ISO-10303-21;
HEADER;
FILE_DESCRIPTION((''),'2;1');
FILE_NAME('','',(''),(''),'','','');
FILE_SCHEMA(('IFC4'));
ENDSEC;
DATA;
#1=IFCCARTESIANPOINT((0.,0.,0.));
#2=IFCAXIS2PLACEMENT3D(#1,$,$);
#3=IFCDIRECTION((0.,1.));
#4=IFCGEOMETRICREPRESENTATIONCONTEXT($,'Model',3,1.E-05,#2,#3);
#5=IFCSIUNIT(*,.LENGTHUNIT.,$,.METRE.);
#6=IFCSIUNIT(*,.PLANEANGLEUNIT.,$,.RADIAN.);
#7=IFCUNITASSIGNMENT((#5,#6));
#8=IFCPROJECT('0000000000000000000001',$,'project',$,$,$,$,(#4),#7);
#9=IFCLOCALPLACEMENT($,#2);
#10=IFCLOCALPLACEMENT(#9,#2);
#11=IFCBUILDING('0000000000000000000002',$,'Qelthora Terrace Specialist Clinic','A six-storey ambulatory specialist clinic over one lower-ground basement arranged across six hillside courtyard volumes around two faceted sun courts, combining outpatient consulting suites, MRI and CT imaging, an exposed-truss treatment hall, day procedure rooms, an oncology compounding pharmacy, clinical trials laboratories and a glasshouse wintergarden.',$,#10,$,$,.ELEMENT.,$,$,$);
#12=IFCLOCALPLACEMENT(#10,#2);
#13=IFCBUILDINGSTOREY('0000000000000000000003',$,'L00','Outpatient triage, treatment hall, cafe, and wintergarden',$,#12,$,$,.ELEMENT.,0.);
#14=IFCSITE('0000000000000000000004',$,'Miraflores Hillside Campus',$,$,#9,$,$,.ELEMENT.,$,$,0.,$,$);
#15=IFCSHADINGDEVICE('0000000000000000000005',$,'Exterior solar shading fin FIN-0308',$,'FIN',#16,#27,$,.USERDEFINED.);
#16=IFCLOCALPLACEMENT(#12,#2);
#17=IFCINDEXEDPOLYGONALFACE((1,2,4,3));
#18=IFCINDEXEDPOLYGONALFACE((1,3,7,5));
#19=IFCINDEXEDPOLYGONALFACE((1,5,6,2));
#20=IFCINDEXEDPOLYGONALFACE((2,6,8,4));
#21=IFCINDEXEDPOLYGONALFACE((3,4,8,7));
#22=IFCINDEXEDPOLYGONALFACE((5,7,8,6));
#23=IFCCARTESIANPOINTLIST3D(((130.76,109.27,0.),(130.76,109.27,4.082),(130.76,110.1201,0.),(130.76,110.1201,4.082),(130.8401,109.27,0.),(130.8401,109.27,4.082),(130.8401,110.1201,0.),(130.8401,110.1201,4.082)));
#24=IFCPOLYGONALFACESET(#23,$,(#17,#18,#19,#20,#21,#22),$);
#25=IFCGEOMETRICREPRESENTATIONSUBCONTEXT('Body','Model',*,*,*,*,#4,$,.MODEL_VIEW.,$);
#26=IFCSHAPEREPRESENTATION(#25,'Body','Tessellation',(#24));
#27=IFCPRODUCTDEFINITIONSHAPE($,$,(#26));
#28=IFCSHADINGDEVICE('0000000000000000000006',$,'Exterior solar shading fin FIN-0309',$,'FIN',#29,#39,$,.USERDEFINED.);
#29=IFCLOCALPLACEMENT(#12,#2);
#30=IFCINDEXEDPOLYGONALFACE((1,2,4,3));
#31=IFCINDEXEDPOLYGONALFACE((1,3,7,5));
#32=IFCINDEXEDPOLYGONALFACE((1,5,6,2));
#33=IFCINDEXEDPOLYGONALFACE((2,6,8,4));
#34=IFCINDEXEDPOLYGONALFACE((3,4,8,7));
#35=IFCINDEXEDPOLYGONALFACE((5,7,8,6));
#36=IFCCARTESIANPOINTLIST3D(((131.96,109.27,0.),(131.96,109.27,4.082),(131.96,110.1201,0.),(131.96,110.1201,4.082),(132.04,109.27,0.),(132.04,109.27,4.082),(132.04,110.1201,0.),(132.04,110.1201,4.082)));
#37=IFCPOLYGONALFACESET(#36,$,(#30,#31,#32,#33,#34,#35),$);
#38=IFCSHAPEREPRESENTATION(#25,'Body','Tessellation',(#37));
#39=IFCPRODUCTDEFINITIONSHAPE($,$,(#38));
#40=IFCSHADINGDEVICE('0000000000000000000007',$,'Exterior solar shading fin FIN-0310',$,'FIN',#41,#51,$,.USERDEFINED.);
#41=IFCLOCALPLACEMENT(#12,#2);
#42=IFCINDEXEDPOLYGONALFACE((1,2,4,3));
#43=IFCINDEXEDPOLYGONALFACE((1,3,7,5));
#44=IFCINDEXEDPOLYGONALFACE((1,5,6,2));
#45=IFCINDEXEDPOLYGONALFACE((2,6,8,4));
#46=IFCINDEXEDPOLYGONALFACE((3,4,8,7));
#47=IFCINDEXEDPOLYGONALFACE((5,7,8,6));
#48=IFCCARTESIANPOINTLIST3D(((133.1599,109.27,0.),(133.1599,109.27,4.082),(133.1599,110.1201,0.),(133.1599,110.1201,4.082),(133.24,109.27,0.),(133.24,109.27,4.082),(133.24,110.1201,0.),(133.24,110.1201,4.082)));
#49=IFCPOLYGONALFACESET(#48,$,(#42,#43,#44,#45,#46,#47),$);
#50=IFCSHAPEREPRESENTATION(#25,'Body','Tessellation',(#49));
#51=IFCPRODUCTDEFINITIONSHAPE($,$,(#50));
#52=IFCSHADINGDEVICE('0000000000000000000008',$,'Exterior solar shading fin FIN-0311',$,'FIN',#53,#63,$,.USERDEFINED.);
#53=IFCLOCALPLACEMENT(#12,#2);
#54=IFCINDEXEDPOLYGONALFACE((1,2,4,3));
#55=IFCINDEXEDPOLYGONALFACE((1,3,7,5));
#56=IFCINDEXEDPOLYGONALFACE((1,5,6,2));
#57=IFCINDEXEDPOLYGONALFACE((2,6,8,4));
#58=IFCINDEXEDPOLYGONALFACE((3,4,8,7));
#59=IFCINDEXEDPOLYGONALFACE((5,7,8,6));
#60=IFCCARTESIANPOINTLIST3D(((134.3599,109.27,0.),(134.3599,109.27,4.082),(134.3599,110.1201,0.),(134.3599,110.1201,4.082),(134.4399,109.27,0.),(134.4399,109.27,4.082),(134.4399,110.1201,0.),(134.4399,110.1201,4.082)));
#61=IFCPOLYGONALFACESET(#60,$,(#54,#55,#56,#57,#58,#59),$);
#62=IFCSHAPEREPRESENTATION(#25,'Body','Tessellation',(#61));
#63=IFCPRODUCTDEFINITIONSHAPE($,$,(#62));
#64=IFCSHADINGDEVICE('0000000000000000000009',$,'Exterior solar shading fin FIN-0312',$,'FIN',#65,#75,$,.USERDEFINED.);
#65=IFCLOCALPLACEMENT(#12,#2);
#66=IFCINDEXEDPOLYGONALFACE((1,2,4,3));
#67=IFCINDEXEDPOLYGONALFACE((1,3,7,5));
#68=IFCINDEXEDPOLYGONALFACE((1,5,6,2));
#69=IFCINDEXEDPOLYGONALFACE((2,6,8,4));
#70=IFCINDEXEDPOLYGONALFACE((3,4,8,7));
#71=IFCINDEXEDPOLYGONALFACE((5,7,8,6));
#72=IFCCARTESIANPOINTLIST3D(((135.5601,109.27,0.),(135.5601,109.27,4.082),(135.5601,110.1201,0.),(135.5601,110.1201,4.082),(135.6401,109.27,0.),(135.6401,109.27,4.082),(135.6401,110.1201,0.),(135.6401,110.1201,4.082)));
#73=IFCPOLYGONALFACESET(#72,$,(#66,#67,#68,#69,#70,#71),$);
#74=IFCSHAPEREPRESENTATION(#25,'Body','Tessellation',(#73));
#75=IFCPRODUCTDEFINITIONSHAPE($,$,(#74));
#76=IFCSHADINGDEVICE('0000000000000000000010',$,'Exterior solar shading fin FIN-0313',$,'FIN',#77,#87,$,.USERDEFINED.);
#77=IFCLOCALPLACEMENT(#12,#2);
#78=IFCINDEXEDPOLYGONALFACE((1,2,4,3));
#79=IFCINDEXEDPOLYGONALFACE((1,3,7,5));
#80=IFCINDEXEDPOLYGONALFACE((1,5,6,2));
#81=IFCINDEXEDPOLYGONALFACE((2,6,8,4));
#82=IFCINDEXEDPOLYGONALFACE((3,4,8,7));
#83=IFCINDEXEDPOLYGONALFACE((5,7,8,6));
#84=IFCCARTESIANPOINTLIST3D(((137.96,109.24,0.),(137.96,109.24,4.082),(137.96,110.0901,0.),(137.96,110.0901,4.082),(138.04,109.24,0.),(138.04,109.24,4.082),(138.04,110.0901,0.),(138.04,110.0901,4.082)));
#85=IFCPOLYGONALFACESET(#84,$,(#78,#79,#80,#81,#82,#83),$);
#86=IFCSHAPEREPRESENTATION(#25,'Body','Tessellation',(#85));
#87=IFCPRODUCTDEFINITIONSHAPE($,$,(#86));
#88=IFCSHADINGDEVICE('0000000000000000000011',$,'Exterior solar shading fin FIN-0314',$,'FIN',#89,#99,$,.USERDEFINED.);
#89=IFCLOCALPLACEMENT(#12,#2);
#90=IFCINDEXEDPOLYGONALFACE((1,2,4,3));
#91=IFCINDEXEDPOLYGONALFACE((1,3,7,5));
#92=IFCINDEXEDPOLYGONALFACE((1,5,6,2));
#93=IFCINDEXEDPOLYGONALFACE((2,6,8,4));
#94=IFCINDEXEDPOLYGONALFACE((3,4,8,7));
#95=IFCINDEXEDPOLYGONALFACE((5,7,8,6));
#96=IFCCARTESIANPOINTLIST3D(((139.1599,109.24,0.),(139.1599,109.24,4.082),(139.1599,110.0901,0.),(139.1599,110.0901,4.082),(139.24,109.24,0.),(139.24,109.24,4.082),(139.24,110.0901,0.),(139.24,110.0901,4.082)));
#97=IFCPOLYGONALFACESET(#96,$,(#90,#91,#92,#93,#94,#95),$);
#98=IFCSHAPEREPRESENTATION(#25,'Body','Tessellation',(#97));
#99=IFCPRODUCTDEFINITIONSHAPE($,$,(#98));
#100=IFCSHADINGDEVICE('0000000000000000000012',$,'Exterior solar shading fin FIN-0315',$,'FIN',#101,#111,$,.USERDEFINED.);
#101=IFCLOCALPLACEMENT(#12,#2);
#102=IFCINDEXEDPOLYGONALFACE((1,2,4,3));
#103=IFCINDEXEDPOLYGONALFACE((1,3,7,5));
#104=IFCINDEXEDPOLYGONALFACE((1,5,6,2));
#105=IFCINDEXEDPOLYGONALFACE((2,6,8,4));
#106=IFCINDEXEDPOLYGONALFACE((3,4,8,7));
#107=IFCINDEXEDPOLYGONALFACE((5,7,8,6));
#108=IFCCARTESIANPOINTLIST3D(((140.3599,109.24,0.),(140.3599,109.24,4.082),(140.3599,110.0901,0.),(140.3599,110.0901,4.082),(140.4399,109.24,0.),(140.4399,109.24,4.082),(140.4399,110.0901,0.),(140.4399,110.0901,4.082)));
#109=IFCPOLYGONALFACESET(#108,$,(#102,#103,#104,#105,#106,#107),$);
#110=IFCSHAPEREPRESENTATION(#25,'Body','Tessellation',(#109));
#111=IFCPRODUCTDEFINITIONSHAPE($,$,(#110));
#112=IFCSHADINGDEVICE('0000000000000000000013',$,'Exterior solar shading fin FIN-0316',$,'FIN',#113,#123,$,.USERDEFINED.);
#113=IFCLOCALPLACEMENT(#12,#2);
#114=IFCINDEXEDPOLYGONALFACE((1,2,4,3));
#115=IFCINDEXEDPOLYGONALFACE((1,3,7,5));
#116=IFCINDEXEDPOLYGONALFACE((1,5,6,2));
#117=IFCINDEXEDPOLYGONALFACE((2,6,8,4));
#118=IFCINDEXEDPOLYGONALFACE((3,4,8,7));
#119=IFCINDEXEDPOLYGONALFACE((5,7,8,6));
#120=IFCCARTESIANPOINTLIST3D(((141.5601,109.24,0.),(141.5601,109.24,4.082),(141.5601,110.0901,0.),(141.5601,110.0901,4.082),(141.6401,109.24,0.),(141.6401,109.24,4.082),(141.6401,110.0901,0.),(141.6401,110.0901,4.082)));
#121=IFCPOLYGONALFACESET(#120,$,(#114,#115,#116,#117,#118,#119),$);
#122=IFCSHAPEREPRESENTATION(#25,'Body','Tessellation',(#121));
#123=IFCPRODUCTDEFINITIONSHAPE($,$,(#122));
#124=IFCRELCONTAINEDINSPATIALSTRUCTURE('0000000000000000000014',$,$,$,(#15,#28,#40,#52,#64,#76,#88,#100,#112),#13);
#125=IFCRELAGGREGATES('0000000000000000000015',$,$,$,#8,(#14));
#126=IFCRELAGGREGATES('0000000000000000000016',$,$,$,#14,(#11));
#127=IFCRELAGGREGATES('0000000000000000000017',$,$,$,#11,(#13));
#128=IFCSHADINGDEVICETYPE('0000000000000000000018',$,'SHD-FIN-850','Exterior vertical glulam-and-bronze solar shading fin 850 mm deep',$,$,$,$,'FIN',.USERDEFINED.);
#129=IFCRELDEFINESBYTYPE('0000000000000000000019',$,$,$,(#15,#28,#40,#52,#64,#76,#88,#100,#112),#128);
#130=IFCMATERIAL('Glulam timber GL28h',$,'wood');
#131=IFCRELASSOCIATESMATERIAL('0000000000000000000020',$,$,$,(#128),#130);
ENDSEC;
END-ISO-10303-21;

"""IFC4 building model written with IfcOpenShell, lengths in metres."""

from ifc_helpers import new_model, si_unit, direction, frame, origin, origin_2d, place, context, subcontext, project, spatial, rectangle, extrude, material, type_object, element, save


model = new_model("IFC4")

# Units and contexts
model_context = context("Model", 3, precision=1e-05, world=origin(), true_north=direction((0.0, 1.0)))
body_context = subcontext(model_context, "Body", "Model", "MODEL_VIEW")
ifc_project = project(units=[si_unit("LENGTHUNIT", "METRE"), si_unit("PLANEANGLEUNIT", "RADIAN")], contexts=[model_context])

# Site, building, storey
site_placement = place(None, origin())
site = spatial("IfcSite", under=ifc_project, at=site_placement, Name="Miraflores Hillside Campus", CompositionType="ELEMENT", RefElevation=0.0)
building_placement = place(site_placement, origin())
building = spatial("IfcBuilding", under=site, at=building_placement, Name="Qelthora Terrace Specialist Clinic", Description="A six-storey ambulatory specialist clinic over one lower-ground basement arranged across six hillside courtyard volumes around two faceted sun courts, combining outpatient consulting suites, MRI and CT imaging, an exposed-truss treatment hall, day procedure rooms, an oncology compounding pharmacy, clinical trials laboratories and a glasshouse wintergarden.", CompositionType="ELEMENT")
storey_placement = place(building_placement, origin())
storey = spatial("IfcBuildingStorey", under=building, at=storey_placement, Name="L00", Description="Outpatient triage, treatment hall, cafe, and wintergarden", CompositionType="ELEMENT", Elevation=0.0)

# Shared definitions
ifc_material_1 = material(Name="Glulam timber GL28h", Category="wood")

# Shading devices
shading_device_type = type_object("IfcShadingDeviceType", Name="SHD-FIN-850", Description="Exterior vertical glulam-and-bronze solar shading fin 850 mm deep", ElementType="FIN", PredefinedType="USERDEFINED", material=ifc_material_1)
for number, where, z_axis, x_axis, name in (
    (1, (130.8, 109.6951, 0.0), (0.0, 0.0, 1.0), (0.0, 1.0, 0.0), "Exterior solar shading fin FIN-0308"),
    (2, (132.0, 109.6951, 0.0), (0.0, 0.0, 1.0), (0.0, 1.0, 0.0), "Exterior solar shading fin FIN-0309"),
    (3, (133.2, 109.6951, 0.0), (0.0, 0.0, 1.0), (0.0, 1.0, 0.0), "Exterior solar shading fin FIN-0310"),
    (4, (134.3999, 109.6951, 0.0), (0.0, 0.0, 1.0), (0.0, 1.0, 0.0), "Exterior solar shading fin FIN-0311"),
    (5, (135.6001, 109.6951, 0.0), (0.0, 0.0, 1.0), (0.0, 1.0, 0.0), "Exterior solar shading fin FIN-0312"),
    (6, (138.0, 109.665, 0.0), (0.0, 0.0, 1.0), (0.0, 1.0, 0.0), "Exterior solar shading fin FIN-0313"),
    (7, (139.2, 109.665, 0.0), (0.0, 0.0, 1.0), (0.0, 1.0, 0.0), "Exterior solar shading fin FIN-0314"),
    (8, (140.3999, 109.665, 0.0), (0.0, 0.0, 1.0), (0.0, 1.0, 0.0), "Exterior solar shading fin FIN-0315"),
    (9, (141.6001, 109.665, 0.0), (0.0, 0.0, 1.0), (0.0, 1.0, 0.0), "Exterior solar shading fin FIN-0316"),
):
    element("IfcShadingDevice", number, at=place(storey_placement, frame(where, z_axis=z_axis, x_axis=x_axis)), inside=storey, type_object=shading_device_type, Name=name, ObjectType="FIN", PredefinedType="USERDEFINED", context=body_context, shape_type="SweptSolid", body=[
        extrude(rectangle(XDim=0.8501, YDim=0.0801, at=origin_2d()), origin(), (0.0, 0.0, 1.0), 4.082),
    ])

save(model, "model.ifc")
